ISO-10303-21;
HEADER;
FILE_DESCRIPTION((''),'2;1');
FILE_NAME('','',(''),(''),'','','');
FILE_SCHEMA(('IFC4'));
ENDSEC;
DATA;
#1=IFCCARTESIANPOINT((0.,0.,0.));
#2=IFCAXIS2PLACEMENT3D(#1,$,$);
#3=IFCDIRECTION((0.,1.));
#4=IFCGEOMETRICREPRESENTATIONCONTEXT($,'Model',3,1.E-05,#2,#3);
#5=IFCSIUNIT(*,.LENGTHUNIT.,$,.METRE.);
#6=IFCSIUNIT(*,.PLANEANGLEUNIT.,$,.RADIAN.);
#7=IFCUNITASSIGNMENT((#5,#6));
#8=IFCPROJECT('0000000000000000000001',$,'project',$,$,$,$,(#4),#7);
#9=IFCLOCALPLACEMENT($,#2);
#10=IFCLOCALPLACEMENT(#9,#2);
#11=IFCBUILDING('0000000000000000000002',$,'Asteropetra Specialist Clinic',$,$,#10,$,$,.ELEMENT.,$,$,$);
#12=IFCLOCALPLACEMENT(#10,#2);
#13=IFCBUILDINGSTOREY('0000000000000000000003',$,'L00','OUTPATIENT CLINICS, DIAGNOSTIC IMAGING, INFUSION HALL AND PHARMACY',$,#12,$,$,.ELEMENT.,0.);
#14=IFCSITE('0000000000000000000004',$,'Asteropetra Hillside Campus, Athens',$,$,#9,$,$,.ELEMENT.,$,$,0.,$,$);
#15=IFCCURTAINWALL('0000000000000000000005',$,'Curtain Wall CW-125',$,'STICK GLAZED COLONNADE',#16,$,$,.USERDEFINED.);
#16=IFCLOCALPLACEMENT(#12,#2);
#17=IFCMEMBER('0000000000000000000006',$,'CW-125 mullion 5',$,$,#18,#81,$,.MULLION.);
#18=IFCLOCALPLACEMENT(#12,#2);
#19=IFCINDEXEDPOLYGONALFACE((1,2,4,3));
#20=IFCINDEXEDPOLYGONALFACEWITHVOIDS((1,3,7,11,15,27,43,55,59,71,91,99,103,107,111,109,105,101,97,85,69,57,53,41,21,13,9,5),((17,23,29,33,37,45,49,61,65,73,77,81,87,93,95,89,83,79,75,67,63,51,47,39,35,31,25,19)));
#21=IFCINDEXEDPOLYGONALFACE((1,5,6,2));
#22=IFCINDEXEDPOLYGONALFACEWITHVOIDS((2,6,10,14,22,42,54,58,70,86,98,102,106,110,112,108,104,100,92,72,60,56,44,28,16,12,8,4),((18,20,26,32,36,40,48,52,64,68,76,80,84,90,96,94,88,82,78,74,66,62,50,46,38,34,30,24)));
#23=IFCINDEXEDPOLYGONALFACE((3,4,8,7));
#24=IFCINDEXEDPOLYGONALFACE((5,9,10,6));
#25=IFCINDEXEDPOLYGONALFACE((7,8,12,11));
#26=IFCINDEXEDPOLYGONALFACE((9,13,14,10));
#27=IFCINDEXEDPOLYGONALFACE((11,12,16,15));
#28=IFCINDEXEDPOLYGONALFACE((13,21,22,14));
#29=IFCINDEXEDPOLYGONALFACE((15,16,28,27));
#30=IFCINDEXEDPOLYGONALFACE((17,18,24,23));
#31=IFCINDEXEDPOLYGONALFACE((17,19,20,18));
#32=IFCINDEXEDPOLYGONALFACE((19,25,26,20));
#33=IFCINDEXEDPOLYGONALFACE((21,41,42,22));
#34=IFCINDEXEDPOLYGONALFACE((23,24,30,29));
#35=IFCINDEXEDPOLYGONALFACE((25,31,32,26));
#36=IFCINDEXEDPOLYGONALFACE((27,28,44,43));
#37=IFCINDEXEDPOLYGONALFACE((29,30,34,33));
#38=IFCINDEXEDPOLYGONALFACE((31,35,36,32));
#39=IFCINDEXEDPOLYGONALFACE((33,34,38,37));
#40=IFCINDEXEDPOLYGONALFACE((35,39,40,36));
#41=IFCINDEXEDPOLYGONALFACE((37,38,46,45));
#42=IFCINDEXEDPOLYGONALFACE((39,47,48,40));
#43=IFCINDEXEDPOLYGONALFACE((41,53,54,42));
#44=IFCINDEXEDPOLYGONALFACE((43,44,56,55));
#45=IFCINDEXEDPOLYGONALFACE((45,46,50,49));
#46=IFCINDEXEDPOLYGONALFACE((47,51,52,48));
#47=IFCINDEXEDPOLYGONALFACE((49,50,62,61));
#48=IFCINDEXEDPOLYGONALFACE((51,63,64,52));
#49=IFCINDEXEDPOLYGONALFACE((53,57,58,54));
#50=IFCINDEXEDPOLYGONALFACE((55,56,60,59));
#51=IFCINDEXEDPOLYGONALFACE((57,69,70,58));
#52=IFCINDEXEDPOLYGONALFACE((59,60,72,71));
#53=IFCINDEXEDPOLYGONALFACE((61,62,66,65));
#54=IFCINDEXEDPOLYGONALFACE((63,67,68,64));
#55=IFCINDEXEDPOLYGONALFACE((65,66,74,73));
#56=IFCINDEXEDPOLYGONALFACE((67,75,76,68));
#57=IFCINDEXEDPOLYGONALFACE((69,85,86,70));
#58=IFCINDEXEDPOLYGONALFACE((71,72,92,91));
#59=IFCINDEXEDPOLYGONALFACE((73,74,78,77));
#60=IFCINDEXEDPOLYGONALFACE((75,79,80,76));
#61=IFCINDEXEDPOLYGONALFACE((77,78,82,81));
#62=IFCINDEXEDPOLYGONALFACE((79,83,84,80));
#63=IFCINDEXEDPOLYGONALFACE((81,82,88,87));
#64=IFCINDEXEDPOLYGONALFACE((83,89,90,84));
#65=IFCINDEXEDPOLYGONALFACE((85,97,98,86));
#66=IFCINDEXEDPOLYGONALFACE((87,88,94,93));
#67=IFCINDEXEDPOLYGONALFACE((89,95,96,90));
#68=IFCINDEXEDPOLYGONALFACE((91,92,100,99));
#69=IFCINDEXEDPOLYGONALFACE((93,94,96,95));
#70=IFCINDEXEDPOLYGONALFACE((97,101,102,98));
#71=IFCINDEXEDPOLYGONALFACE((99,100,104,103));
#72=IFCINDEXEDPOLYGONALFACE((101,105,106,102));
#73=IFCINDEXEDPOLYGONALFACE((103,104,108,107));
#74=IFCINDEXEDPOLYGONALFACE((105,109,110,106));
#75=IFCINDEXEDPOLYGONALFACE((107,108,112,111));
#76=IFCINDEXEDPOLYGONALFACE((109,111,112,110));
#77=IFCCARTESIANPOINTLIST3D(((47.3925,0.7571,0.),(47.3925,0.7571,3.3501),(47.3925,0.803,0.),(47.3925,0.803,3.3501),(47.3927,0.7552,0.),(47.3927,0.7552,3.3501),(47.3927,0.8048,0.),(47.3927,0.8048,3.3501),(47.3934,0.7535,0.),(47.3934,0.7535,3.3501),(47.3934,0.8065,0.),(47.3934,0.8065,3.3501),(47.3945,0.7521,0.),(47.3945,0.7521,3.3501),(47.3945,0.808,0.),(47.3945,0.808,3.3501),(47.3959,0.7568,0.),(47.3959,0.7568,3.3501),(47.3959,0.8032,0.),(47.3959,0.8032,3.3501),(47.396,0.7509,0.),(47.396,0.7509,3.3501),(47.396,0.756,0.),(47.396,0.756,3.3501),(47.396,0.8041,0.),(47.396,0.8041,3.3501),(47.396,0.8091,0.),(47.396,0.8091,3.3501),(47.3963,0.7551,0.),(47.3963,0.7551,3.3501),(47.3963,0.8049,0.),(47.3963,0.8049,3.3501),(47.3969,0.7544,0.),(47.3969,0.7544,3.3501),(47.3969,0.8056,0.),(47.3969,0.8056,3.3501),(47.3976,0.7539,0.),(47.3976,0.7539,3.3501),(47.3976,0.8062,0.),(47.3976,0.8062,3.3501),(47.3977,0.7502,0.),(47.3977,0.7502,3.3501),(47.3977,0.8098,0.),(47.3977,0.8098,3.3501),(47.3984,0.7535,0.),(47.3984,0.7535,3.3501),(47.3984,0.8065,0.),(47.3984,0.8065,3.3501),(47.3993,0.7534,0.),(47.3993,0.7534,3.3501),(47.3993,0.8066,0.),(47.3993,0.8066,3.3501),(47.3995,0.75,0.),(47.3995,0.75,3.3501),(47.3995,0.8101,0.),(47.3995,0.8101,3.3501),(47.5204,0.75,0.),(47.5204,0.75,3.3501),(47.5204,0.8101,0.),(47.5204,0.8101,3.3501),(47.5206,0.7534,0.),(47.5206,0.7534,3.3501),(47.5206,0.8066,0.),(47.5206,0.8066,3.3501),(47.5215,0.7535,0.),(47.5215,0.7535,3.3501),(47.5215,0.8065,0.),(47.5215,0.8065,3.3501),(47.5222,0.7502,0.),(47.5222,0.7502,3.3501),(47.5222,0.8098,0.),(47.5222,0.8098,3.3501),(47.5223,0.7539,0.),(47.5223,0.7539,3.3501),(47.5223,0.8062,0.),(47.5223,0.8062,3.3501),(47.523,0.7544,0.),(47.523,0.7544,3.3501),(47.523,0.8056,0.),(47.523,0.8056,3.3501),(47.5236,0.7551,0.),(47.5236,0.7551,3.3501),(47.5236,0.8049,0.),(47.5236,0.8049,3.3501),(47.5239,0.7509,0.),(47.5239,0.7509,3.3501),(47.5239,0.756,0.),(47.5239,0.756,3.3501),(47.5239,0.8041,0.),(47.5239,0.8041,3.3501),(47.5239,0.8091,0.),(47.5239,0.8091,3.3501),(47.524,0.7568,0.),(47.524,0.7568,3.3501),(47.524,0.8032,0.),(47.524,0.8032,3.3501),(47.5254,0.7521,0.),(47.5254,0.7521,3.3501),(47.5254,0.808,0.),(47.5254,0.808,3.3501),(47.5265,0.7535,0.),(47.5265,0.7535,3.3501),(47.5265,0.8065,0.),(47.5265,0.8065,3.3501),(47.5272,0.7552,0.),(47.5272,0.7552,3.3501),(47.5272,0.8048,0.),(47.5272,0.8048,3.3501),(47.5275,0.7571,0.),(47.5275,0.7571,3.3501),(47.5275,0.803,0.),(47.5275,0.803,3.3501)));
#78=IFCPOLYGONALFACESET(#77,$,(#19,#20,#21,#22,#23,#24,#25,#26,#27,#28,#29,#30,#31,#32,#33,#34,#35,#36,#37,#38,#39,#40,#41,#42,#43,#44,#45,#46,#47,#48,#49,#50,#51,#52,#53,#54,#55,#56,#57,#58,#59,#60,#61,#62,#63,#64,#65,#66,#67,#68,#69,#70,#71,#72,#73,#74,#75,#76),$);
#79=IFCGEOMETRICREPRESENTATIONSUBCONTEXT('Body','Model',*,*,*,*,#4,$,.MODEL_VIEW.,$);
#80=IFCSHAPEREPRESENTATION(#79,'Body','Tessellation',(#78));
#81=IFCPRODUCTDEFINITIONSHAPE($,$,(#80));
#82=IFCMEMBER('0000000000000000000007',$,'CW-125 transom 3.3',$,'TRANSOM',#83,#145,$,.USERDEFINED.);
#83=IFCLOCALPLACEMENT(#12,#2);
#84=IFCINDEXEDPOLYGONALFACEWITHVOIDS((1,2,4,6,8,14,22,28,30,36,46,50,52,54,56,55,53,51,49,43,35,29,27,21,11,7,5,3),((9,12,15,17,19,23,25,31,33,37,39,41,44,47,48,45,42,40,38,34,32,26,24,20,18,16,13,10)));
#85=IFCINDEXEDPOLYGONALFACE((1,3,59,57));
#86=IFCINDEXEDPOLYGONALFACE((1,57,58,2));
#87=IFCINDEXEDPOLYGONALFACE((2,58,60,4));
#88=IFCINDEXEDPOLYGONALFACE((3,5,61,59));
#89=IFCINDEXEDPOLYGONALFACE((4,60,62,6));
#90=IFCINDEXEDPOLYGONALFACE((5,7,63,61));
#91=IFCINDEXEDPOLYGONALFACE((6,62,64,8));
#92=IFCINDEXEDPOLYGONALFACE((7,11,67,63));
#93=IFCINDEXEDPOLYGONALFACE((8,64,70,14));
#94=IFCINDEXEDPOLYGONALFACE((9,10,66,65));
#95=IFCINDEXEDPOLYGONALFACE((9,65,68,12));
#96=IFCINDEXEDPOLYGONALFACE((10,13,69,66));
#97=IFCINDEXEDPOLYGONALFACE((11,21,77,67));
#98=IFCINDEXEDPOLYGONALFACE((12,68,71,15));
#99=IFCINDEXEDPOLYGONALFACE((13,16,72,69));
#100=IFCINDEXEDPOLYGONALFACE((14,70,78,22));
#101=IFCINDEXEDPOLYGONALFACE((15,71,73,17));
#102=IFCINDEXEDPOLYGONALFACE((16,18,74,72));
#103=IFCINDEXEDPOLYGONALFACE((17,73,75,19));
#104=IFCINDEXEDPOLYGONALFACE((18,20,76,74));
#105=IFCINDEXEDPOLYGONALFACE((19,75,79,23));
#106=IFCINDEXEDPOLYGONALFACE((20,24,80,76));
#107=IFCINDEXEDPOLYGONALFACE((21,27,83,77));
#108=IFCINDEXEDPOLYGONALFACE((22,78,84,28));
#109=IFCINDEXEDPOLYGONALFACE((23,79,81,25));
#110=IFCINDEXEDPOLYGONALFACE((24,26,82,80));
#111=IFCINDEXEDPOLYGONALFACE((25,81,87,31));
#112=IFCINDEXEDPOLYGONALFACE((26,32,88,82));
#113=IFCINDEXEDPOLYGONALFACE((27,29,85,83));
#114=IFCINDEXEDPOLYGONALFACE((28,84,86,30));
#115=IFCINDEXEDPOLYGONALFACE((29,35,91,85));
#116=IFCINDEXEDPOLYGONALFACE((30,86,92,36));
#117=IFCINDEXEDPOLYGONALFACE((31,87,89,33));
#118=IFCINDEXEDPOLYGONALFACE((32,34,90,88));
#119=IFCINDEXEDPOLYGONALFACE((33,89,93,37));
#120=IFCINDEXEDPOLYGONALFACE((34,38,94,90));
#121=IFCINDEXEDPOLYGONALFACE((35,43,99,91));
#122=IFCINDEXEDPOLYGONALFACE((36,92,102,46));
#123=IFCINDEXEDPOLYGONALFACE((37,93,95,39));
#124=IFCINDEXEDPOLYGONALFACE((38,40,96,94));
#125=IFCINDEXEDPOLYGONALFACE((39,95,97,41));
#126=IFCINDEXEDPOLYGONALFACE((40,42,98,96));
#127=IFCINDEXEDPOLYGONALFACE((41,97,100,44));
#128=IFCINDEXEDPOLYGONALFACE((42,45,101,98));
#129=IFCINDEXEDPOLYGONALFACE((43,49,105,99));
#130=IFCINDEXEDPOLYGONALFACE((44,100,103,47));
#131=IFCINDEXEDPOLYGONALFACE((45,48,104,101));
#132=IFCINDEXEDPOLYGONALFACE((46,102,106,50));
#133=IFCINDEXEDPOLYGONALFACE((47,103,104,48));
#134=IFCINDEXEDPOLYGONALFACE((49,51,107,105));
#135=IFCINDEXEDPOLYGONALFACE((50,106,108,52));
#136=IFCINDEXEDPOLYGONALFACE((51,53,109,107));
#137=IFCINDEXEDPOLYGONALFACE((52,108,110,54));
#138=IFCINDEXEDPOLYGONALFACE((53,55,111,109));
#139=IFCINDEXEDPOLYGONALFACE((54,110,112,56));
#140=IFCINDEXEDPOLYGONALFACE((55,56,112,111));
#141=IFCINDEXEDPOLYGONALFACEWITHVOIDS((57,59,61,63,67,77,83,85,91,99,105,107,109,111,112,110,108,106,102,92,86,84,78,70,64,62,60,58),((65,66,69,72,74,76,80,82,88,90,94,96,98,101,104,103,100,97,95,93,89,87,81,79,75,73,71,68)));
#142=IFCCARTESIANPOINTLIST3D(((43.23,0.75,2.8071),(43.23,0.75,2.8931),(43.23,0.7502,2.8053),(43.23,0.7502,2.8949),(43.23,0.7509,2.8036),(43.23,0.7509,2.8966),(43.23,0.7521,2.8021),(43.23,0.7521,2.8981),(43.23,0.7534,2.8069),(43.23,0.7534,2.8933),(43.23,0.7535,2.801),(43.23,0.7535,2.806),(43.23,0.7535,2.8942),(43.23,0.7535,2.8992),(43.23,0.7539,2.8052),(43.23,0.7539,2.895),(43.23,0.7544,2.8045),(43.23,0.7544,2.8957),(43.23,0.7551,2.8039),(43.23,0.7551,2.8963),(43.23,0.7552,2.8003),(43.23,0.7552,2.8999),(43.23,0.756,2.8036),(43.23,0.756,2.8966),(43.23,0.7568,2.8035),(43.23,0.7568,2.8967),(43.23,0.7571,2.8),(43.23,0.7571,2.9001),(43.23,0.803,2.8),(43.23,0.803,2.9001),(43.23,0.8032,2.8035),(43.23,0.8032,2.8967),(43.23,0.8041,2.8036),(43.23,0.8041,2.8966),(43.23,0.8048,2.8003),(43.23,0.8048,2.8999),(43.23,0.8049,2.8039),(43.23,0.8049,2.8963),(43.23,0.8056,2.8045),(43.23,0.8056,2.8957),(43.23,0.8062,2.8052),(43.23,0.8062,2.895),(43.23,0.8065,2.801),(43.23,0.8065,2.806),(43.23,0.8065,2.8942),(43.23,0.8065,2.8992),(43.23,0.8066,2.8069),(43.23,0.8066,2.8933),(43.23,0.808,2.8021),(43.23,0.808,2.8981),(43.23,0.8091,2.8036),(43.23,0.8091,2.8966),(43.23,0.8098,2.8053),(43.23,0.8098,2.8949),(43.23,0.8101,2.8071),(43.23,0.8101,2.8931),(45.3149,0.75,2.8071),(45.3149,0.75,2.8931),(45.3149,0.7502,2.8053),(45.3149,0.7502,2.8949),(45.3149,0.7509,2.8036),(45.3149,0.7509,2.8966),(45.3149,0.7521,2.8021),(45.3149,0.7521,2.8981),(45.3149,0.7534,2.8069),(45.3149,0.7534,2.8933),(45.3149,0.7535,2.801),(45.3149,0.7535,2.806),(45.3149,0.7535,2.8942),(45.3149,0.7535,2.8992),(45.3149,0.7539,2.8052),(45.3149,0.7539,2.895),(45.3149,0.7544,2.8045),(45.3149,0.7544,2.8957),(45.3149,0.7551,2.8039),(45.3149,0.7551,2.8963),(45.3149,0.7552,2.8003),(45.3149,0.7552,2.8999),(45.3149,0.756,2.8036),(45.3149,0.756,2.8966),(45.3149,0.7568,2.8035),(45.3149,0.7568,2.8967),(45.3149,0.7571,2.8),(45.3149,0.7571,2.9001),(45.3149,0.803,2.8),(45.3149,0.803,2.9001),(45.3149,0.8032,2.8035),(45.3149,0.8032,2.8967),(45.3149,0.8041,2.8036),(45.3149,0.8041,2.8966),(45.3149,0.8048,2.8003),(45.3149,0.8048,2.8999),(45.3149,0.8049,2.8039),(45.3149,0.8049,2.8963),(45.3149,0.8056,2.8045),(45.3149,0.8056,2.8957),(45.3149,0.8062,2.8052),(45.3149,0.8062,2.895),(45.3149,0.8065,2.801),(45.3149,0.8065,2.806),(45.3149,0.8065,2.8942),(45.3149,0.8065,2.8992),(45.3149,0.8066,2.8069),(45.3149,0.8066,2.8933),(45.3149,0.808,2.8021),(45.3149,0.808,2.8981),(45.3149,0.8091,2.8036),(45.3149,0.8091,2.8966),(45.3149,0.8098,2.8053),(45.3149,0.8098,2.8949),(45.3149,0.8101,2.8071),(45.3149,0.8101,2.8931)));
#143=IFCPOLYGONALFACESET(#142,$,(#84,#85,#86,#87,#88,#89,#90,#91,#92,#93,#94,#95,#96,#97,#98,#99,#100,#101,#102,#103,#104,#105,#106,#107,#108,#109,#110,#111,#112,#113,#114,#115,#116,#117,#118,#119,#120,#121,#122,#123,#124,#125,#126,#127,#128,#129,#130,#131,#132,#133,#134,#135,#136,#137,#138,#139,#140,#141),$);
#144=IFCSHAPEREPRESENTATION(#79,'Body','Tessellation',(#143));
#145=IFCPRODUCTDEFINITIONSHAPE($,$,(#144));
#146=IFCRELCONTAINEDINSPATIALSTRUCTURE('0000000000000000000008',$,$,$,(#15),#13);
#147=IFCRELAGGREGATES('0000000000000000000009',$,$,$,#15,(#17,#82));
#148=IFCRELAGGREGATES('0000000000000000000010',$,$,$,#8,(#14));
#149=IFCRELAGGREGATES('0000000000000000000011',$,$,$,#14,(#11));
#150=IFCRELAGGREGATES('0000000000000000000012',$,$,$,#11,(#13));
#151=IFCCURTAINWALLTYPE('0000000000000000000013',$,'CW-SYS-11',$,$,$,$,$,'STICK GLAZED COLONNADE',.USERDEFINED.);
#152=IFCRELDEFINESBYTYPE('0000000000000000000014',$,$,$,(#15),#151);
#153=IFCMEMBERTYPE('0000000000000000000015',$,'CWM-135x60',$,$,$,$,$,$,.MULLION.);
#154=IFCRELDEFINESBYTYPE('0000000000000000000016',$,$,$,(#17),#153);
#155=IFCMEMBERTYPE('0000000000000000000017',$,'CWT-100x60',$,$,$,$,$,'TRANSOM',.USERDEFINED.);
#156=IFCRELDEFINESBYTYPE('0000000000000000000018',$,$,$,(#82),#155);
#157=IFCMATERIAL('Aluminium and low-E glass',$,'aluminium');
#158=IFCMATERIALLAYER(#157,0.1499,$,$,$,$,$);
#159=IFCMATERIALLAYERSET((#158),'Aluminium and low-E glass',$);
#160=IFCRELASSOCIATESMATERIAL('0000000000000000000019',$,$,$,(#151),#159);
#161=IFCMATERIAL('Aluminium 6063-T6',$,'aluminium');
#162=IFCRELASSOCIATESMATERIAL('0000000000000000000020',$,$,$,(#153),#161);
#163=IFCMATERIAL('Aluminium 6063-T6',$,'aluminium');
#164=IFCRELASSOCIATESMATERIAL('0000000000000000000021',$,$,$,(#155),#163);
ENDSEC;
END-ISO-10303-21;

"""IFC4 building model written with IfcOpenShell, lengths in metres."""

from ifc_helpers import new_model, si_unit, direction, frame, origin, origin_2d, place, context, subcontext, project, spatial, hollow_rectangle, extrude, material, layer, layer_set, material_profile, profile_set, type_object, element, aggregate, save


model = new_model("IFC4")

# Units and contexts
model_context = context("Model", 3, precision=1e-05, world=origin(), true_north=direction((0.0, 1.0)))
body_context = subcontext(model_context, "Body", "Model", "MODEL_VIEW")
ifc_project = project(units=[si_unit("LENGTHUNIT", "METRE"), si_unit("PLANEANGLEUNIT", "RADIAN")], contexts=[model_context])

# Site, building, storey
site_placement = place(None, origin())
site = spatial("IfcSite", under=ifc_project, at=site_placement, Name="Asteropetra Hillside Campus, Athens", CompositionType="ELEMENT", RefElevation=0.0)
building_placement = place(site_placement, origin())
building = spatial("IfcBuilding", under=site, at=building_placement, Name="Asteropetra Specialist Clinic", CompositionType="ELEMENT")
storey_placement = place(building_placement, origin())
storey = spatial("IfcBuildingStorey", under=building, at=storey_placement, Name="L00", Description="OUTPATIENT CLINICS, DIAGNOSTIC IMAGING, INFUSION HALL AND PHARMACY", CompositionType="ELEMENT", Elevation=0.0)

# Curtain wall, members
ifc_material_1 = material(Name="Aluminium and low-E glass", Category="aluminium")
ifc_layer_1 = layer(ifc_material_1, 0.1499)
ifc_layer_set_1 = layer_set([ifc_layer_1], Name="Aluminium and low-E glass")
curtain_wall_type = type_object("IfcCurtainWallType", Name="CW-SYS-11", ElementType="STICK GLAZED COLONNADE", PredefinedType="USERDEFINED", material=ifc_layer_set_1)
curtain_wall_placement = place(storey_placement, origin())
curtain_wall = element("IfcCurtainWall", 1, at=curtain_wall_placement, inside=storey, type_object=curtain_wall_type, Name="Curtain Wall CW-125", ObjectType="STICK GLAZED COLONNADE", PredefinedType="USERDEFINED")
ifc_material_2 = material(Name="Aluminium 6063-T6", Category="aluminium")
ifc_material_profile_1 = material_profile(ifc_material_2, hollow_rectangle(XDim=0.0601, YDim=0.135, WallThickness=0.0034, InnerFilletRadius=0.0034, OuterFilletRadius=0.0071, at=origin_2d()), Name="MUL 135x60x3.5")
ifc_profile_set_1 = profile_set([ifc_material_profile_1], Name="Aluminium 6063-T6")
member_type_1 = type_object("IfcMemberType", Name="CWM-135x60", PredefinedType="MULLION", material=ifc_profile_set_1)
member_1_placement = place(storey_placement, frame((47.46, 0.78, 0.0), z_axis=(0.0, 0.0, 1.0), x_axis=(0.0, 1.0, 0.0)))
member_1 = element("IfcMember", 2, at=member_1_placement, type_object=member_type_1, Name="CW-125 mullion 5", PredefinedType="MULLION", context=body_context, shape_type="SweptSolid", body=[
    extrude(hollow_rectangle(XDim=0.0601, YDim=0.135, WallThickness=0.0034, InnerFilletRadius=0.0034, OuterFilletRadius=0.0071, at=origin_2d()), origin(), (0.0, 0.0, 1.0), 3.3501),
])
ifc_material_3 = material(Name="Aluminium 6063-T6", Category="aluminium")
ifc_material_profile_2 = material_profile(ifc_material_3, hollow_rectangle(XDim=0.0601, YDim=0.1001, WallThickness=0.0034, InnerFilletRadius=0.0034, OuterFilletRadius=0.0071, at=origin_2d()), Name="TRN 100x60x3.5")
ifc_profile_set_2 = profile_set([ifc_material_profile_2], Name="Aluminium 6063-T6")
member_type_2 = type_object("IfcMemberType", Name="CWT-100x60", ElementType="TRANSOM", PredefinedType="USERDEFINED", material=ifc_profile_set_2)
member_2_placement = place(storey_placement, frame((43.23, 0.78, 2.8501), z_axis=(1.0, 0.0, 0.0), x_axis=(0.0, 1.0, 0.0)))
member_2 = element("IfcMember", 3, at=member_2_placement, type_object=member_type_2, Name="CW-125 transom 3.3", ObjectType="TRANSOM", PredefinedType="USERDEFINED", context=body_context, shape_type="SweptSolid", body=[
    extrude(hollow_rectangle(XDim=0.0601, YDim=0.1001, WallThickness=0.0034, InnerFilletRadius=0.0034, OuterFilletRadius=0.0071, at=origin_2d()), origin(), (0.0, 0.0, 1.0), 2.085),
])

aggregate(curtain_wall, [member_1, member_2])

save(model, "model.ifc")
